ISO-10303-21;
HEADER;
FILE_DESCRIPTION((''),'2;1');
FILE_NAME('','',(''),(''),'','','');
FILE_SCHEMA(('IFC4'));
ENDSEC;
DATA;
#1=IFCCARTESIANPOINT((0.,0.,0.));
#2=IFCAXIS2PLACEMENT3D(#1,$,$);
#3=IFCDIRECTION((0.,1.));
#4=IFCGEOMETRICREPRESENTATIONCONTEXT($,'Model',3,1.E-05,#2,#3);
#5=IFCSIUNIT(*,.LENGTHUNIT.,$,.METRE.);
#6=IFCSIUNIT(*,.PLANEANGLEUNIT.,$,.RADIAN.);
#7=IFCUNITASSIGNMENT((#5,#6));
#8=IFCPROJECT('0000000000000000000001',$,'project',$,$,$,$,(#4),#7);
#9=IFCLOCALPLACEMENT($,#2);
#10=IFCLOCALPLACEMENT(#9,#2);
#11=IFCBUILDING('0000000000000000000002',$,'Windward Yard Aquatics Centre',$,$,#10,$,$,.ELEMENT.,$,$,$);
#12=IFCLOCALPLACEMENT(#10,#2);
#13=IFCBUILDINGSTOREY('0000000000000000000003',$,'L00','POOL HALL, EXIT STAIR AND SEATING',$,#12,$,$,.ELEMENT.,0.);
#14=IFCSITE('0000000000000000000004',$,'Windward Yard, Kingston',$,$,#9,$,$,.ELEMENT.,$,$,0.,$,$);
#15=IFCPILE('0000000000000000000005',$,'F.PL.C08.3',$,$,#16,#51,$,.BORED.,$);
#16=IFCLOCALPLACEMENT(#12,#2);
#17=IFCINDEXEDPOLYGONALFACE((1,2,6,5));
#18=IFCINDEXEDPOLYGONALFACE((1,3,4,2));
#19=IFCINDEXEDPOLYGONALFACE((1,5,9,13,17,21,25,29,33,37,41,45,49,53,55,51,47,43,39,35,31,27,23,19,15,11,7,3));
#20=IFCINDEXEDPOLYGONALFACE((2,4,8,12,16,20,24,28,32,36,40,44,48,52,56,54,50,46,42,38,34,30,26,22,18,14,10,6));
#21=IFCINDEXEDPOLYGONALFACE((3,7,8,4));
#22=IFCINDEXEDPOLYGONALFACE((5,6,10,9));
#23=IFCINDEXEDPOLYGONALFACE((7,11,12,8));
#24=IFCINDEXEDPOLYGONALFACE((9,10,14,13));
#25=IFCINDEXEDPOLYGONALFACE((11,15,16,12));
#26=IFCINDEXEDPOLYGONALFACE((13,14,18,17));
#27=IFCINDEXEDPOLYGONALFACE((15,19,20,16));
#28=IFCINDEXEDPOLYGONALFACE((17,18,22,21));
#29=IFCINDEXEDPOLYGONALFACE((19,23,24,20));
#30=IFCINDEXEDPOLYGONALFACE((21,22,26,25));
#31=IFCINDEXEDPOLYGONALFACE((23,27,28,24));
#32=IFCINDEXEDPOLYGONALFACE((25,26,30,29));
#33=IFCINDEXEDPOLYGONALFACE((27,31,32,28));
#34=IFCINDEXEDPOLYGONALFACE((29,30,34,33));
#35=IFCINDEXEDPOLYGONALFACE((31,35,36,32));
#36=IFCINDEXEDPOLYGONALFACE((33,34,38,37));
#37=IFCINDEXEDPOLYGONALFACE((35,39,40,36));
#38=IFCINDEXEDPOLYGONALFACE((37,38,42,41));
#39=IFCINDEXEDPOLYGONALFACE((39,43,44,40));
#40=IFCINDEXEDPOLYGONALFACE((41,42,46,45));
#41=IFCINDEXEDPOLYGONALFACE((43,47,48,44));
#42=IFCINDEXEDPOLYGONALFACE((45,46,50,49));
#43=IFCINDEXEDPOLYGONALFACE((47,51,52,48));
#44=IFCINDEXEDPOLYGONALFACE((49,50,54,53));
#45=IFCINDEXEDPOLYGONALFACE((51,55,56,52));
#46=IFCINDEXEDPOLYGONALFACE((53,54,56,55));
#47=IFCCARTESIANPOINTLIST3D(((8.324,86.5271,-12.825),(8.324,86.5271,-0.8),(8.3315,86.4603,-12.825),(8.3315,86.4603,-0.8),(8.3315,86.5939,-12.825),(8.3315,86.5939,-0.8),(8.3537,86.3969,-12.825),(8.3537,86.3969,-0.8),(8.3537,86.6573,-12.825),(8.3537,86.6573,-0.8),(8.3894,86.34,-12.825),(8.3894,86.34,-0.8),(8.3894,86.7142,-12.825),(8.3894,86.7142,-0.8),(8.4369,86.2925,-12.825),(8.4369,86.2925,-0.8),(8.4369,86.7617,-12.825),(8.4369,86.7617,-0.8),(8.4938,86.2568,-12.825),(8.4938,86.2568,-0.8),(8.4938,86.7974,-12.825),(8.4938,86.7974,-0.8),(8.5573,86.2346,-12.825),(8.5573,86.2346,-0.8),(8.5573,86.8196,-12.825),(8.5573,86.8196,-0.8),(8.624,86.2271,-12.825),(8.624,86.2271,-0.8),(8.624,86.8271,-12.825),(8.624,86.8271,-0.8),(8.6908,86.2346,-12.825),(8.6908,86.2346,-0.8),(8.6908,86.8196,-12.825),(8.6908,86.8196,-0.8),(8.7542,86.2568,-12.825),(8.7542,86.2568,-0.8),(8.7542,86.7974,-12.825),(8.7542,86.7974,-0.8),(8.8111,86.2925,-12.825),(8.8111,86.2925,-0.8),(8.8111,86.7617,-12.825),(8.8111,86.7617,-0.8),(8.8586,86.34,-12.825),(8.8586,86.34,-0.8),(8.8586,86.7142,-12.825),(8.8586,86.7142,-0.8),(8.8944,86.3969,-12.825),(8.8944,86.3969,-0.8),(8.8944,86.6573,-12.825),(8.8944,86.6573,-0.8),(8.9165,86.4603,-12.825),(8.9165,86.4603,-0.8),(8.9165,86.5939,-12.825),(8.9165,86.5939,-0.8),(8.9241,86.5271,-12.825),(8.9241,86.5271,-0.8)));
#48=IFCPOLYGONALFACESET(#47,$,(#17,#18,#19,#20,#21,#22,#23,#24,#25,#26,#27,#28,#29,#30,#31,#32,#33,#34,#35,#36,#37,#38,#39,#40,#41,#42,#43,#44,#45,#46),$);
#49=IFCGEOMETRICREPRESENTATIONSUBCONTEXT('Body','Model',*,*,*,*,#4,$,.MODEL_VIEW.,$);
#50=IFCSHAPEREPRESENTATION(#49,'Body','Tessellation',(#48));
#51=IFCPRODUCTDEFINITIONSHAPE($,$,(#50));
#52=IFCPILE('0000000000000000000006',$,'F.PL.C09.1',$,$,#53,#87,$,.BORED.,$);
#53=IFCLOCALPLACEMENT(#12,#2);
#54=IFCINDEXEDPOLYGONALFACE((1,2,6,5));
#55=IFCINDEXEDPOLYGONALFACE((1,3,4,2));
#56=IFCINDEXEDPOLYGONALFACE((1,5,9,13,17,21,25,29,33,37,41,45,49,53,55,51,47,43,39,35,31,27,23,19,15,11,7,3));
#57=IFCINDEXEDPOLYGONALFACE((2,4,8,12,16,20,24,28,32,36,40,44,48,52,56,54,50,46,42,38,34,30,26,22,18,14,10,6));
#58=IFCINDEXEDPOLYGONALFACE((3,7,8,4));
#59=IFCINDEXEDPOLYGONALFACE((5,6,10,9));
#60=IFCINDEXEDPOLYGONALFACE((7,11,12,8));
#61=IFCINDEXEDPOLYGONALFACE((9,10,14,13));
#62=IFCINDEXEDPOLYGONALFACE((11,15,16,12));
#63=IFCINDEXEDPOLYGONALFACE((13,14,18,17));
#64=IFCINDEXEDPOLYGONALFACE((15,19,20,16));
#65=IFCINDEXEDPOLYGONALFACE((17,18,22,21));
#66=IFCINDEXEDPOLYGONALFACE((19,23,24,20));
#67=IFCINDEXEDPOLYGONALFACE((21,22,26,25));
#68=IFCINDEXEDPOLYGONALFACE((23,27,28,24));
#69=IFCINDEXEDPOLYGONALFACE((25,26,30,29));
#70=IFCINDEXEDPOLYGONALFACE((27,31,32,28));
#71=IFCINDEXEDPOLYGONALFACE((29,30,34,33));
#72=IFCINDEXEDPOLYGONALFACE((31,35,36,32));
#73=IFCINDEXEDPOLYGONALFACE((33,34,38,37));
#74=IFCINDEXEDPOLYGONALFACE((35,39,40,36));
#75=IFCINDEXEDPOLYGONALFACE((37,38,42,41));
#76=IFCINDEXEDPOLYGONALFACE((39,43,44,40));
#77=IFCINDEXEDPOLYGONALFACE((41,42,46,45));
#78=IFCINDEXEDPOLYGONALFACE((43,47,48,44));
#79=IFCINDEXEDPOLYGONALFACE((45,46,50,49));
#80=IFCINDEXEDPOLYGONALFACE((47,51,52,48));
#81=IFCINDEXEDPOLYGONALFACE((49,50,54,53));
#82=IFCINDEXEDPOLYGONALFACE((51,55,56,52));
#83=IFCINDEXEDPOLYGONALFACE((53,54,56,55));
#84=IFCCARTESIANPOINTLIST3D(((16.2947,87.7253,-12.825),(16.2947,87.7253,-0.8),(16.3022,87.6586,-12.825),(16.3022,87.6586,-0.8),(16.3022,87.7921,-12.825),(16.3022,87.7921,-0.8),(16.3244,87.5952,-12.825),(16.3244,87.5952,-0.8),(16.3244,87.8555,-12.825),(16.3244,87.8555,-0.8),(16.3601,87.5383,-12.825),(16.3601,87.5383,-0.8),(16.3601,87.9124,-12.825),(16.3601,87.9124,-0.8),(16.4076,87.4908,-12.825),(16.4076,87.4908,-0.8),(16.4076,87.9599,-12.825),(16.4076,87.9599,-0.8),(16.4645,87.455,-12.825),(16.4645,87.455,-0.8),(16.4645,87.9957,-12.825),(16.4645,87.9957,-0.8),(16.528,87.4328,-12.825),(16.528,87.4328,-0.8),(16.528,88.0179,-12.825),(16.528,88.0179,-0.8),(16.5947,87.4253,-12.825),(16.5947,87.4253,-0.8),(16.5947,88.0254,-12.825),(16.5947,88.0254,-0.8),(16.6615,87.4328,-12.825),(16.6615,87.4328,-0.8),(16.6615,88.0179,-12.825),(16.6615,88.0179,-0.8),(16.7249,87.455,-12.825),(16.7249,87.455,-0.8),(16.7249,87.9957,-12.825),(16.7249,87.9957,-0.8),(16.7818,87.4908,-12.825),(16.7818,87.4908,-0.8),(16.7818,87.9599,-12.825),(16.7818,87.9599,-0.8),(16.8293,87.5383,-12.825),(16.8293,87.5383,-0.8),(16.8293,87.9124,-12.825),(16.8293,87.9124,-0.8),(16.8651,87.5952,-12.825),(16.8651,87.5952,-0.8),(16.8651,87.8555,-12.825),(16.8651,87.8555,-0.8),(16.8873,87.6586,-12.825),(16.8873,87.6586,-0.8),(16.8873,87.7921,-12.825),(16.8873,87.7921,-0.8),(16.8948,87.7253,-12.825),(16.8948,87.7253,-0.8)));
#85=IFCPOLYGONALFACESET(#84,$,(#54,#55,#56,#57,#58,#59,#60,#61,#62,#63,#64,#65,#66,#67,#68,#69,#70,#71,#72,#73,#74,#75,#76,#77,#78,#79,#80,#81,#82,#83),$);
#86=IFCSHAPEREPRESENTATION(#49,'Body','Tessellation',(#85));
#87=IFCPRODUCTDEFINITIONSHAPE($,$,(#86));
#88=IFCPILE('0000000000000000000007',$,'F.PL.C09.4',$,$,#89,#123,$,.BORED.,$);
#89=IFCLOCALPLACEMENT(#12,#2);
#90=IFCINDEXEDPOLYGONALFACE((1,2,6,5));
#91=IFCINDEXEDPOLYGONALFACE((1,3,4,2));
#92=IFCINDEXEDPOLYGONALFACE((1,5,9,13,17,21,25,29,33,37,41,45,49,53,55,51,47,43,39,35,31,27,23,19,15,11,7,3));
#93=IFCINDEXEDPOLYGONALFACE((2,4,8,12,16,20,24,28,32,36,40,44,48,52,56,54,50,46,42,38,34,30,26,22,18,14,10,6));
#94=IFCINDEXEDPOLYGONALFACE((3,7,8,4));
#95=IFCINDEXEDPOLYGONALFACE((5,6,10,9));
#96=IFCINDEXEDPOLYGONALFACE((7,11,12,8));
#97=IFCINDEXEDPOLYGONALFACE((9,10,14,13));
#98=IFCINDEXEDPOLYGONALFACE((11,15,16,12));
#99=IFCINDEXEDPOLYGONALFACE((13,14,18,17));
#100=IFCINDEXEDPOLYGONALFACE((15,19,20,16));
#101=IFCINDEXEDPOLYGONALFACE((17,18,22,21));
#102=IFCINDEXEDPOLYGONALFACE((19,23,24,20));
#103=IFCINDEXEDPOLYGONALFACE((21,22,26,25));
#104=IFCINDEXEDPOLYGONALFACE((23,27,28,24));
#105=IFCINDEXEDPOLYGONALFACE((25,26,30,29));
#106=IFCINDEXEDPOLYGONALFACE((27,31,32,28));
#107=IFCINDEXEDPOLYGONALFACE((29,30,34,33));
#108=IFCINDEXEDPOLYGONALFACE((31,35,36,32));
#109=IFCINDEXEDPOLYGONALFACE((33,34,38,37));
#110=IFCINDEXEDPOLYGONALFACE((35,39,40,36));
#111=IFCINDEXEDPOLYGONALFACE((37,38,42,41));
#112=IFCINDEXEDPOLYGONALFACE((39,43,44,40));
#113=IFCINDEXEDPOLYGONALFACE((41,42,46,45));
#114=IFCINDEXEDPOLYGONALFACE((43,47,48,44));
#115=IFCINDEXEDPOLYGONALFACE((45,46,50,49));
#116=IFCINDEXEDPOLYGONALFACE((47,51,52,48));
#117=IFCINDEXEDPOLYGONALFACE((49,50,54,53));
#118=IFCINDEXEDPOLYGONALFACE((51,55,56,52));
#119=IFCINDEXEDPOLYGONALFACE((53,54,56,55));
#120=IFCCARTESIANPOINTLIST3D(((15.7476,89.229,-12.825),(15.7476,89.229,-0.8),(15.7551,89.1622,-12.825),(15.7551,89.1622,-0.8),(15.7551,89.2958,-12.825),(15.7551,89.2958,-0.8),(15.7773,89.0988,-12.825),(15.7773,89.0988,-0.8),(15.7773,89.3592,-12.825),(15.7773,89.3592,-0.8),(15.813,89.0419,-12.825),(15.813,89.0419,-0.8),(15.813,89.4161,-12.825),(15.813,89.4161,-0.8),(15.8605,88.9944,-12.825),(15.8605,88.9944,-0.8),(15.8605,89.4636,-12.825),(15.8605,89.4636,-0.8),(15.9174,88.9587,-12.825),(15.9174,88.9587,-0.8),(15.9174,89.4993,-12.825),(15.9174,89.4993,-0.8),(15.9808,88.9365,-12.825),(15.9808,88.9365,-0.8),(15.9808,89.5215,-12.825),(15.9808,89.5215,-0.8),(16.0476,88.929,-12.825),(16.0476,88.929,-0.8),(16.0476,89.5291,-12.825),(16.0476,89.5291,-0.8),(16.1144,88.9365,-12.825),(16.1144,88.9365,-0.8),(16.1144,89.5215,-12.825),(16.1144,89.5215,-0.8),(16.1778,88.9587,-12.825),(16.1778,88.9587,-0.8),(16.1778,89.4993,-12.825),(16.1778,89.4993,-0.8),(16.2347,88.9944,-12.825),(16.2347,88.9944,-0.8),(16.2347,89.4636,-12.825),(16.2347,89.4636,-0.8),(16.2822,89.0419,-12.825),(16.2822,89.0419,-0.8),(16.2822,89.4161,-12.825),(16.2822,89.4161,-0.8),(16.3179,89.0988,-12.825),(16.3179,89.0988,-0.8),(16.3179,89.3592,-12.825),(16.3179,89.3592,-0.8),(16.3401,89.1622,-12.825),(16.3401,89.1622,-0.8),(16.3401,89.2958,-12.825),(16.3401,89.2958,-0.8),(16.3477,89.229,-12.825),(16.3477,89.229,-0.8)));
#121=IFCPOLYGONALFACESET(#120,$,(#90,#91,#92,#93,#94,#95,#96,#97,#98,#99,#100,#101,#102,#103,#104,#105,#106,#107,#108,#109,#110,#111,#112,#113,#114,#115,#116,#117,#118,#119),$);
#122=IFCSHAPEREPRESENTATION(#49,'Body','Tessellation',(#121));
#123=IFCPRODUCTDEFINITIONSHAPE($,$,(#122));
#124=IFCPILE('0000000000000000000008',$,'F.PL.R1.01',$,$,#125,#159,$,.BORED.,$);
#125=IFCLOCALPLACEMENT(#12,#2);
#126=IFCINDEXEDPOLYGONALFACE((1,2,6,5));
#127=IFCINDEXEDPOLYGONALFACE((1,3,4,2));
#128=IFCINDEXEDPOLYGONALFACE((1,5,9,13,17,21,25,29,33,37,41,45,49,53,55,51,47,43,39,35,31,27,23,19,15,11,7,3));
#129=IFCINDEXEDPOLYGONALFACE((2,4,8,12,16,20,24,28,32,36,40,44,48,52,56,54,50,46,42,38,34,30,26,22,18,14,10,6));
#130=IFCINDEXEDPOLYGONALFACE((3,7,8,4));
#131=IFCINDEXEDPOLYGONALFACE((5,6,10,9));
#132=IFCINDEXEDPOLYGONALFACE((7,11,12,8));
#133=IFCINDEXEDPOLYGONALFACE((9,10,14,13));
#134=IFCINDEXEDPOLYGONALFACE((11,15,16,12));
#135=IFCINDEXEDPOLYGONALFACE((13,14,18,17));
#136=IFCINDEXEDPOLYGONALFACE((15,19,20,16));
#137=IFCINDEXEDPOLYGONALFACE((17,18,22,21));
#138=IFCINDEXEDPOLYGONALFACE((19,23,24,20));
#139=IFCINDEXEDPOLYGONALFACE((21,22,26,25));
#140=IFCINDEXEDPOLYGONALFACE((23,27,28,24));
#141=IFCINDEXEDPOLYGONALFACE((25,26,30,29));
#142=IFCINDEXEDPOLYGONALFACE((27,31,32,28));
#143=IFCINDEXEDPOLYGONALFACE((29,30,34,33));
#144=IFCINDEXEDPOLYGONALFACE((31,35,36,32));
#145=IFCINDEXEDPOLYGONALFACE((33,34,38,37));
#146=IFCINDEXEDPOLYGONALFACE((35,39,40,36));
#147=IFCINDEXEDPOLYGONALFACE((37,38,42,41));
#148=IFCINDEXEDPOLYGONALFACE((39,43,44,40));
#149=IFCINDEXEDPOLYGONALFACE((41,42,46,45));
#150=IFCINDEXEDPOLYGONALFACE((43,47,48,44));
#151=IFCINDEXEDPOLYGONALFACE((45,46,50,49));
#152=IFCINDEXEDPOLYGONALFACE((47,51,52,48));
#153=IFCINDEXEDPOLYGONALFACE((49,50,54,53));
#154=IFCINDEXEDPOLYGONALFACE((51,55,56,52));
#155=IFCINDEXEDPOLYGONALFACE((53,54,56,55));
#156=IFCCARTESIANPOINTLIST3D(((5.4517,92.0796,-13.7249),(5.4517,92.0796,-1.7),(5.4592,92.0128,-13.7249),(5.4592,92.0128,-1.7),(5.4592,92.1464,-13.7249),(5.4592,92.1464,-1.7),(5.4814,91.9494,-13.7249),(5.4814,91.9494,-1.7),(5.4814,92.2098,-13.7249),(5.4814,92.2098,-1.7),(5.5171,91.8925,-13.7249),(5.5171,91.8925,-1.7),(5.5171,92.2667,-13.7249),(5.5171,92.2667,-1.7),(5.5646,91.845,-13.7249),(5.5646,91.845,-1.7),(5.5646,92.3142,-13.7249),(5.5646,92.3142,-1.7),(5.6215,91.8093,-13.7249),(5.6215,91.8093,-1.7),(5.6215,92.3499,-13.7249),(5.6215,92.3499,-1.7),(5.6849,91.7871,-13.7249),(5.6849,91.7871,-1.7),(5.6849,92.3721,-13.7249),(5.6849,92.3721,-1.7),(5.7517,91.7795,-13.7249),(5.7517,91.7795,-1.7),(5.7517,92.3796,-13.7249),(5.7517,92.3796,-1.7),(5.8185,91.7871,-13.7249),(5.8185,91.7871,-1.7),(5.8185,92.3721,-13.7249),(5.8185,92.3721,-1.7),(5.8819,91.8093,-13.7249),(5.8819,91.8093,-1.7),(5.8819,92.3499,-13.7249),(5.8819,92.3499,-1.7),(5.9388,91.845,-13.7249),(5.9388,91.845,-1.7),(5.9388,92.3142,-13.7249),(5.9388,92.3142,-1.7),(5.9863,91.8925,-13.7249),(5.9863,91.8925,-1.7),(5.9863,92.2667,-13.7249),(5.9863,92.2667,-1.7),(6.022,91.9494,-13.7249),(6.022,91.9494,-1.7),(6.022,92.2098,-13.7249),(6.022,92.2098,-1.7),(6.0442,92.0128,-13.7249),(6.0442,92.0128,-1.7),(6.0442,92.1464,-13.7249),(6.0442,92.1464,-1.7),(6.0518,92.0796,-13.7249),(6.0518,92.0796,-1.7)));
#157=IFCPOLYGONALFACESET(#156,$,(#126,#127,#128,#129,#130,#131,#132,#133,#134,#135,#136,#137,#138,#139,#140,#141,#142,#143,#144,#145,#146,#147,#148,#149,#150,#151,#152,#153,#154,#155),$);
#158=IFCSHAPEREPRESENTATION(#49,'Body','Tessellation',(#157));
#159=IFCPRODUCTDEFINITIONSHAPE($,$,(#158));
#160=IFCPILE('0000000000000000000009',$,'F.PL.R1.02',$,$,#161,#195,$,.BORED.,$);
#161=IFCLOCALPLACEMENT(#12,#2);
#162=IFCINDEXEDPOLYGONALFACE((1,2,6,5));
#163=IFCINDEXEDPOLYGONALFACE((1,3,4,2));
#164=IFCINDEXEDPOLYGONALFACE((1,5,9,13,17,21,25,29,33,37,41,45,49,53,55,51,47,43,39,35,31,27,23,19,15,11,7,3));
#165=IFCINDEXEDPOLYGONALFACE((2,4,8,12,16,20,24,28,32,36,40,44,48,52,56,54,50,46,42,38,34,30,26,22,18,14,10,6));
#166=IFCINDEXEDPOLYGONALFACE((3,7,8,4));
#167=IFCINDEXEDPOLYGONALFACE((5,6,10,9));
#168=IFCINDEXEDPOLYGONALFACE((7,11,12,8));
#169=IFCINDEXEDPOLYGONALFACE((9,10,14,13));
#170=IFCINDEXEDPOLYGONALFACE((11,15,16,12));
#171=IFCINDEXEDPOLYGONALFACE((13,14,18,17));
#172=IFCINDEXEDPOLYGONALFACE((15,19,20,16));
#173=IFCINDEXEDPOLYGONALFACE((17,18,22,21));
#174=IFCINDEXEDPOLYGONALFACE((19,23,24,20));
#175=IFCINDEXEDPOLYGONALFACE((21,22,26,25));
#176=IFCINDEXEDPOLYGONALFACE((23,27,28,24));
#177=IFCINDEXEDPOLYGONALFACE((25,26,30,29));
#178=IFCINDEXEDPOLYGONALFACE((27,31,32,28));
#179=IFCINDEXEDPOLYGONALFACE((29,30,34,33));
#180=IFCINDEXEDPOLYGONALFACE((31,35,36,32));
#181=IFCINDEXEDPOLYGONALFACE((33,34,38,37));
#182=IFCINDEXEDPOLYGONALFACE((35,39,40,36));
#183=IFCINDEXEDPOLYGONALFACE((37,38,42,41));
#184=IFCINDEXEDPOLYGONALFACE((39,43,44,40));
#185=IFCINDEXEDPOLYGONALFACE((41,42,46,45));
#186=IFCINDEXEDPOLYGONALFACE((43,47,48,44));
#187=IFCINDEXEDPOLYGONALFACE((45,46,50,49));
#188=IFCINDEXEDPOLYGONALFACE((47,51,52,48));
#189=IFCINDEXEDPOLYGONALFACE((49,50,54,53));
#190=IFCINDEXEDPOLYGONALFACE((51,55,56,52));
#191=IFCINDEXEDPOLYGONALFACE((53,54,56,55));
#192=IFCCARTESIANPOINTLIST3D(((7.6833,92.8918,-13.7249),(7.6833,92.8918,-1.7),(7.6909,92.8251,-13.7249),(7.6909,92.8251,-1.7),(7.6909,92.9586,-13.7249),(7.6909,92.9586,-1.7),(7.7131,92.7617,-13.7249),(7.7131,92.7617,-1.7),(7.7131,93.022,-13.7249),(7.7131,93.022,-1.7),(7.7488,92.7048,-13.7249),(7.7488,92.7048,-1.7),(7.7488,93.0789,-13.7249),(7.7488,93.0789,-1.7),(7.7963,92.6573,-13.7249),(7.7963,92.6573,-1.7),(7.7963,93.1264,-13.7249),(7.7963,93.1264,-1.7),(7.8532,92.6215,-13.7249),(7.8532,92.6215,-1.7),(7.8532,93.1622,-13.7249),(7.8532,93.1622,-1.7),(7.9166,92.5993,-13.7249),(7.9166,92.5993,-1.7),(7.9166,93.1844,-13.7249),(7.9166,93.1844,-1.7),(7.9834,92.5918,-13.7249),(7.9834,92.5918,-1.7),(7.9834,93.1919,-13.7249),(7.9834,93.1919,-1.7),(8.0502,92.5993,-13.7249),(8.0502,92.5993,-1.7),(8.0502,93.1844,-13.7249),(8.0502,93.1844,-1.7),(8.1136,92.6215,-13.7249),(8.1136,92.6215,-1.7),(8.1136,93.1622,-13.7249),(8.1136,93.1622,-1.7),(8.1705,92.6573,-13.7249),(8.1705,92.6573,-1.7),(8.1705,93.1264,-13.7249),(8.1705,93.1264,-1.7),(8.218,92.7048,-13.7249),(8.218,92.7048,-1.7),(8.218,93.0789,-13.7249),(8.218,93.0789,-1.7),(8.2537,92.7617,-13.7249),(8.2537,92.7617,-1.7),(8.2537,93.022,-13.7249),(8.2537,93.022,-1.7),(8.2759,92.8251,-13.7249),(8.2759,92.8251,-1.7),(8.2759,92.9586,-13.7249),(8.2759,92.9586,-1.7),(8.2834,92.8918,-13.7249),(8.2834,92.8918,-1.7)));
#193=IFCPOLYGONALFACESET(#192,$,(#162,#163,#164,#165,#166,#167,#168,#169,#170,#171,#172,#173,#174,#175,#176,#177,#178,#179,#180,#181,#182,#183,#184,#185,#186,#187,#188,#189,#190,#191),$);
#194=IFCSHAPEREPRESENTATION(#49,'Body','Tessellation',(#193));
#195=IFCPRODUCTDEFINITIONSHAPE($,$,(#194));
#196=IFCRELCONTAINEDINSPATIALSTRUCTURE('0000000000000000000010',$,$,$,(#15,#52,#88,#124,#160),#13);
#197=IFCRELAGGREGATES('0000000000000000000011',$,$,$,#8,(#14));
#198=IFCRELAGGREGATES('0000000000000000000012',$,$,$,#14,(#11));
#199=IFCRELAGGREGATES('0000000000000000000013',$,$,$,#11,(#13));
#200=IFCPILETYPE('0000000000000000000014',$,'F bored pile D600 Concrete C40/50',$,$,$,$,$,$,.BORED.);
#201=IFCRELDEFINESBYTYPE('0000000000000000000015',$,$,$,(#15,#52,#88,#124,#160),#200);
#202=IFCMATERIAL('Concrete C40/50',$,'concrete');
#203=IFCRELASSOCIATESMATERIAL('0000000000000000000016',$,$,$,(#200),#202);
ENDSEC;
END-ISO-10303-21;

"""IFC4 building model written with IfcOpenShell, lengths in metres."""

from ifc_helpers import new_model, si_unit, direction, frame, origin, origin_2d, place, context, subcontext, project, spatial, circle, extrude, material, material_profile, profile_set, type_object, element, save


model = new_model("IFC4")

# Units and contexts
model_context = context("Model", 3, precision=1e-05, world=origin(), true_north=direction((0.0, 1.0)))
body_context = subcontext(model_context, "Body", "Model", "MODEL_VIEW")
ifc_project = project(units=[si_unit("LENGTHUNIT", "METRE"), si_unit("PLANEANGLEUNIT", "RADIAN")], contexts=[model_context])

# Site, building, storey
site_placement = place(None, origin())
site = spatial("IfcSite", under=ifc_project, at=site_placement, Name="Windward Yard, Kingston", CompositionType="ELEMENT", RefElevation=0.0)
building_placement = place(site_placement, origin())
building = spatial("IfcBuilding", under=site, at=building_placement, Name="Windward Yard Aquatics Centre", CompositionType="ELEMENT")
storey_placement = place(building_placement, origin())
storey = spatial("IfcBuildingStorey", under=building, at=storey_placement, Name="L00", Description="POOL HALL, EXIT STAIR AND SEATING", CompositionType="ELEMENT", Elevation=0.0)

# Piles
ifc_material_1 = material(Name="Concrete C40/50", Category="concrete")
ifc_material_profile = material_profile(ifc_material_1, circle(Radius=0.3, at=origin_2d()), Name="D600")
ifc_profile_set = profile_set([ifc_material_profile], Name="Concrete C40/50")
pile_type = type_object("IfcPileType", Name="F bored pile D600 Concrete C40/50", PredefinedType="BORED", material=ifc_profile_set)
for number, where, z_axis, x_axis, name in (
    (1, (8.624, 86.5271, -0.8), (0.0, 0.0, -1.0), (1.0, 0.0, 0.0), "F.PL.C08.3"),
    (2, (16.5947, 87.7253, -0.8), (0.0, 0.0, -1.0), (1.0, 0.0, 0.0), "F.PL.C09.1"),
    (3, (16.0476, 89.229, -0.8), (0.0, 0.0, -1.0), (1.0, 0.0, 0.0), "F.PL.C09.4"),
    (4, (5.7517, 92.0796, -1.7), (0.0, 0.0, -1.0), (1.0, 0.0, 0.0), "F.PL.R1.01"),
    (5, (7.9834, 92.8918, -1.7), (0.0, 0.0, -1.0), (1.0, 0.0, 0.0), "F.PL.R1.02"),
):
    element("IfcPile", number, at=place(storey_placement, frame(where, z_axis=z_axis, x_axis=x_axis)), inside=storey, type_object=pile_type, Name=name, PredefinedType="BORED", context=body_context, shape_type="SweptSolid", body=[
        extrude(circle(Radius=0.3, at=origin_2d()), origin(), (0.0, 0.0, 1.0), 12.0249),
    ])

save(model, "model.ifc")
